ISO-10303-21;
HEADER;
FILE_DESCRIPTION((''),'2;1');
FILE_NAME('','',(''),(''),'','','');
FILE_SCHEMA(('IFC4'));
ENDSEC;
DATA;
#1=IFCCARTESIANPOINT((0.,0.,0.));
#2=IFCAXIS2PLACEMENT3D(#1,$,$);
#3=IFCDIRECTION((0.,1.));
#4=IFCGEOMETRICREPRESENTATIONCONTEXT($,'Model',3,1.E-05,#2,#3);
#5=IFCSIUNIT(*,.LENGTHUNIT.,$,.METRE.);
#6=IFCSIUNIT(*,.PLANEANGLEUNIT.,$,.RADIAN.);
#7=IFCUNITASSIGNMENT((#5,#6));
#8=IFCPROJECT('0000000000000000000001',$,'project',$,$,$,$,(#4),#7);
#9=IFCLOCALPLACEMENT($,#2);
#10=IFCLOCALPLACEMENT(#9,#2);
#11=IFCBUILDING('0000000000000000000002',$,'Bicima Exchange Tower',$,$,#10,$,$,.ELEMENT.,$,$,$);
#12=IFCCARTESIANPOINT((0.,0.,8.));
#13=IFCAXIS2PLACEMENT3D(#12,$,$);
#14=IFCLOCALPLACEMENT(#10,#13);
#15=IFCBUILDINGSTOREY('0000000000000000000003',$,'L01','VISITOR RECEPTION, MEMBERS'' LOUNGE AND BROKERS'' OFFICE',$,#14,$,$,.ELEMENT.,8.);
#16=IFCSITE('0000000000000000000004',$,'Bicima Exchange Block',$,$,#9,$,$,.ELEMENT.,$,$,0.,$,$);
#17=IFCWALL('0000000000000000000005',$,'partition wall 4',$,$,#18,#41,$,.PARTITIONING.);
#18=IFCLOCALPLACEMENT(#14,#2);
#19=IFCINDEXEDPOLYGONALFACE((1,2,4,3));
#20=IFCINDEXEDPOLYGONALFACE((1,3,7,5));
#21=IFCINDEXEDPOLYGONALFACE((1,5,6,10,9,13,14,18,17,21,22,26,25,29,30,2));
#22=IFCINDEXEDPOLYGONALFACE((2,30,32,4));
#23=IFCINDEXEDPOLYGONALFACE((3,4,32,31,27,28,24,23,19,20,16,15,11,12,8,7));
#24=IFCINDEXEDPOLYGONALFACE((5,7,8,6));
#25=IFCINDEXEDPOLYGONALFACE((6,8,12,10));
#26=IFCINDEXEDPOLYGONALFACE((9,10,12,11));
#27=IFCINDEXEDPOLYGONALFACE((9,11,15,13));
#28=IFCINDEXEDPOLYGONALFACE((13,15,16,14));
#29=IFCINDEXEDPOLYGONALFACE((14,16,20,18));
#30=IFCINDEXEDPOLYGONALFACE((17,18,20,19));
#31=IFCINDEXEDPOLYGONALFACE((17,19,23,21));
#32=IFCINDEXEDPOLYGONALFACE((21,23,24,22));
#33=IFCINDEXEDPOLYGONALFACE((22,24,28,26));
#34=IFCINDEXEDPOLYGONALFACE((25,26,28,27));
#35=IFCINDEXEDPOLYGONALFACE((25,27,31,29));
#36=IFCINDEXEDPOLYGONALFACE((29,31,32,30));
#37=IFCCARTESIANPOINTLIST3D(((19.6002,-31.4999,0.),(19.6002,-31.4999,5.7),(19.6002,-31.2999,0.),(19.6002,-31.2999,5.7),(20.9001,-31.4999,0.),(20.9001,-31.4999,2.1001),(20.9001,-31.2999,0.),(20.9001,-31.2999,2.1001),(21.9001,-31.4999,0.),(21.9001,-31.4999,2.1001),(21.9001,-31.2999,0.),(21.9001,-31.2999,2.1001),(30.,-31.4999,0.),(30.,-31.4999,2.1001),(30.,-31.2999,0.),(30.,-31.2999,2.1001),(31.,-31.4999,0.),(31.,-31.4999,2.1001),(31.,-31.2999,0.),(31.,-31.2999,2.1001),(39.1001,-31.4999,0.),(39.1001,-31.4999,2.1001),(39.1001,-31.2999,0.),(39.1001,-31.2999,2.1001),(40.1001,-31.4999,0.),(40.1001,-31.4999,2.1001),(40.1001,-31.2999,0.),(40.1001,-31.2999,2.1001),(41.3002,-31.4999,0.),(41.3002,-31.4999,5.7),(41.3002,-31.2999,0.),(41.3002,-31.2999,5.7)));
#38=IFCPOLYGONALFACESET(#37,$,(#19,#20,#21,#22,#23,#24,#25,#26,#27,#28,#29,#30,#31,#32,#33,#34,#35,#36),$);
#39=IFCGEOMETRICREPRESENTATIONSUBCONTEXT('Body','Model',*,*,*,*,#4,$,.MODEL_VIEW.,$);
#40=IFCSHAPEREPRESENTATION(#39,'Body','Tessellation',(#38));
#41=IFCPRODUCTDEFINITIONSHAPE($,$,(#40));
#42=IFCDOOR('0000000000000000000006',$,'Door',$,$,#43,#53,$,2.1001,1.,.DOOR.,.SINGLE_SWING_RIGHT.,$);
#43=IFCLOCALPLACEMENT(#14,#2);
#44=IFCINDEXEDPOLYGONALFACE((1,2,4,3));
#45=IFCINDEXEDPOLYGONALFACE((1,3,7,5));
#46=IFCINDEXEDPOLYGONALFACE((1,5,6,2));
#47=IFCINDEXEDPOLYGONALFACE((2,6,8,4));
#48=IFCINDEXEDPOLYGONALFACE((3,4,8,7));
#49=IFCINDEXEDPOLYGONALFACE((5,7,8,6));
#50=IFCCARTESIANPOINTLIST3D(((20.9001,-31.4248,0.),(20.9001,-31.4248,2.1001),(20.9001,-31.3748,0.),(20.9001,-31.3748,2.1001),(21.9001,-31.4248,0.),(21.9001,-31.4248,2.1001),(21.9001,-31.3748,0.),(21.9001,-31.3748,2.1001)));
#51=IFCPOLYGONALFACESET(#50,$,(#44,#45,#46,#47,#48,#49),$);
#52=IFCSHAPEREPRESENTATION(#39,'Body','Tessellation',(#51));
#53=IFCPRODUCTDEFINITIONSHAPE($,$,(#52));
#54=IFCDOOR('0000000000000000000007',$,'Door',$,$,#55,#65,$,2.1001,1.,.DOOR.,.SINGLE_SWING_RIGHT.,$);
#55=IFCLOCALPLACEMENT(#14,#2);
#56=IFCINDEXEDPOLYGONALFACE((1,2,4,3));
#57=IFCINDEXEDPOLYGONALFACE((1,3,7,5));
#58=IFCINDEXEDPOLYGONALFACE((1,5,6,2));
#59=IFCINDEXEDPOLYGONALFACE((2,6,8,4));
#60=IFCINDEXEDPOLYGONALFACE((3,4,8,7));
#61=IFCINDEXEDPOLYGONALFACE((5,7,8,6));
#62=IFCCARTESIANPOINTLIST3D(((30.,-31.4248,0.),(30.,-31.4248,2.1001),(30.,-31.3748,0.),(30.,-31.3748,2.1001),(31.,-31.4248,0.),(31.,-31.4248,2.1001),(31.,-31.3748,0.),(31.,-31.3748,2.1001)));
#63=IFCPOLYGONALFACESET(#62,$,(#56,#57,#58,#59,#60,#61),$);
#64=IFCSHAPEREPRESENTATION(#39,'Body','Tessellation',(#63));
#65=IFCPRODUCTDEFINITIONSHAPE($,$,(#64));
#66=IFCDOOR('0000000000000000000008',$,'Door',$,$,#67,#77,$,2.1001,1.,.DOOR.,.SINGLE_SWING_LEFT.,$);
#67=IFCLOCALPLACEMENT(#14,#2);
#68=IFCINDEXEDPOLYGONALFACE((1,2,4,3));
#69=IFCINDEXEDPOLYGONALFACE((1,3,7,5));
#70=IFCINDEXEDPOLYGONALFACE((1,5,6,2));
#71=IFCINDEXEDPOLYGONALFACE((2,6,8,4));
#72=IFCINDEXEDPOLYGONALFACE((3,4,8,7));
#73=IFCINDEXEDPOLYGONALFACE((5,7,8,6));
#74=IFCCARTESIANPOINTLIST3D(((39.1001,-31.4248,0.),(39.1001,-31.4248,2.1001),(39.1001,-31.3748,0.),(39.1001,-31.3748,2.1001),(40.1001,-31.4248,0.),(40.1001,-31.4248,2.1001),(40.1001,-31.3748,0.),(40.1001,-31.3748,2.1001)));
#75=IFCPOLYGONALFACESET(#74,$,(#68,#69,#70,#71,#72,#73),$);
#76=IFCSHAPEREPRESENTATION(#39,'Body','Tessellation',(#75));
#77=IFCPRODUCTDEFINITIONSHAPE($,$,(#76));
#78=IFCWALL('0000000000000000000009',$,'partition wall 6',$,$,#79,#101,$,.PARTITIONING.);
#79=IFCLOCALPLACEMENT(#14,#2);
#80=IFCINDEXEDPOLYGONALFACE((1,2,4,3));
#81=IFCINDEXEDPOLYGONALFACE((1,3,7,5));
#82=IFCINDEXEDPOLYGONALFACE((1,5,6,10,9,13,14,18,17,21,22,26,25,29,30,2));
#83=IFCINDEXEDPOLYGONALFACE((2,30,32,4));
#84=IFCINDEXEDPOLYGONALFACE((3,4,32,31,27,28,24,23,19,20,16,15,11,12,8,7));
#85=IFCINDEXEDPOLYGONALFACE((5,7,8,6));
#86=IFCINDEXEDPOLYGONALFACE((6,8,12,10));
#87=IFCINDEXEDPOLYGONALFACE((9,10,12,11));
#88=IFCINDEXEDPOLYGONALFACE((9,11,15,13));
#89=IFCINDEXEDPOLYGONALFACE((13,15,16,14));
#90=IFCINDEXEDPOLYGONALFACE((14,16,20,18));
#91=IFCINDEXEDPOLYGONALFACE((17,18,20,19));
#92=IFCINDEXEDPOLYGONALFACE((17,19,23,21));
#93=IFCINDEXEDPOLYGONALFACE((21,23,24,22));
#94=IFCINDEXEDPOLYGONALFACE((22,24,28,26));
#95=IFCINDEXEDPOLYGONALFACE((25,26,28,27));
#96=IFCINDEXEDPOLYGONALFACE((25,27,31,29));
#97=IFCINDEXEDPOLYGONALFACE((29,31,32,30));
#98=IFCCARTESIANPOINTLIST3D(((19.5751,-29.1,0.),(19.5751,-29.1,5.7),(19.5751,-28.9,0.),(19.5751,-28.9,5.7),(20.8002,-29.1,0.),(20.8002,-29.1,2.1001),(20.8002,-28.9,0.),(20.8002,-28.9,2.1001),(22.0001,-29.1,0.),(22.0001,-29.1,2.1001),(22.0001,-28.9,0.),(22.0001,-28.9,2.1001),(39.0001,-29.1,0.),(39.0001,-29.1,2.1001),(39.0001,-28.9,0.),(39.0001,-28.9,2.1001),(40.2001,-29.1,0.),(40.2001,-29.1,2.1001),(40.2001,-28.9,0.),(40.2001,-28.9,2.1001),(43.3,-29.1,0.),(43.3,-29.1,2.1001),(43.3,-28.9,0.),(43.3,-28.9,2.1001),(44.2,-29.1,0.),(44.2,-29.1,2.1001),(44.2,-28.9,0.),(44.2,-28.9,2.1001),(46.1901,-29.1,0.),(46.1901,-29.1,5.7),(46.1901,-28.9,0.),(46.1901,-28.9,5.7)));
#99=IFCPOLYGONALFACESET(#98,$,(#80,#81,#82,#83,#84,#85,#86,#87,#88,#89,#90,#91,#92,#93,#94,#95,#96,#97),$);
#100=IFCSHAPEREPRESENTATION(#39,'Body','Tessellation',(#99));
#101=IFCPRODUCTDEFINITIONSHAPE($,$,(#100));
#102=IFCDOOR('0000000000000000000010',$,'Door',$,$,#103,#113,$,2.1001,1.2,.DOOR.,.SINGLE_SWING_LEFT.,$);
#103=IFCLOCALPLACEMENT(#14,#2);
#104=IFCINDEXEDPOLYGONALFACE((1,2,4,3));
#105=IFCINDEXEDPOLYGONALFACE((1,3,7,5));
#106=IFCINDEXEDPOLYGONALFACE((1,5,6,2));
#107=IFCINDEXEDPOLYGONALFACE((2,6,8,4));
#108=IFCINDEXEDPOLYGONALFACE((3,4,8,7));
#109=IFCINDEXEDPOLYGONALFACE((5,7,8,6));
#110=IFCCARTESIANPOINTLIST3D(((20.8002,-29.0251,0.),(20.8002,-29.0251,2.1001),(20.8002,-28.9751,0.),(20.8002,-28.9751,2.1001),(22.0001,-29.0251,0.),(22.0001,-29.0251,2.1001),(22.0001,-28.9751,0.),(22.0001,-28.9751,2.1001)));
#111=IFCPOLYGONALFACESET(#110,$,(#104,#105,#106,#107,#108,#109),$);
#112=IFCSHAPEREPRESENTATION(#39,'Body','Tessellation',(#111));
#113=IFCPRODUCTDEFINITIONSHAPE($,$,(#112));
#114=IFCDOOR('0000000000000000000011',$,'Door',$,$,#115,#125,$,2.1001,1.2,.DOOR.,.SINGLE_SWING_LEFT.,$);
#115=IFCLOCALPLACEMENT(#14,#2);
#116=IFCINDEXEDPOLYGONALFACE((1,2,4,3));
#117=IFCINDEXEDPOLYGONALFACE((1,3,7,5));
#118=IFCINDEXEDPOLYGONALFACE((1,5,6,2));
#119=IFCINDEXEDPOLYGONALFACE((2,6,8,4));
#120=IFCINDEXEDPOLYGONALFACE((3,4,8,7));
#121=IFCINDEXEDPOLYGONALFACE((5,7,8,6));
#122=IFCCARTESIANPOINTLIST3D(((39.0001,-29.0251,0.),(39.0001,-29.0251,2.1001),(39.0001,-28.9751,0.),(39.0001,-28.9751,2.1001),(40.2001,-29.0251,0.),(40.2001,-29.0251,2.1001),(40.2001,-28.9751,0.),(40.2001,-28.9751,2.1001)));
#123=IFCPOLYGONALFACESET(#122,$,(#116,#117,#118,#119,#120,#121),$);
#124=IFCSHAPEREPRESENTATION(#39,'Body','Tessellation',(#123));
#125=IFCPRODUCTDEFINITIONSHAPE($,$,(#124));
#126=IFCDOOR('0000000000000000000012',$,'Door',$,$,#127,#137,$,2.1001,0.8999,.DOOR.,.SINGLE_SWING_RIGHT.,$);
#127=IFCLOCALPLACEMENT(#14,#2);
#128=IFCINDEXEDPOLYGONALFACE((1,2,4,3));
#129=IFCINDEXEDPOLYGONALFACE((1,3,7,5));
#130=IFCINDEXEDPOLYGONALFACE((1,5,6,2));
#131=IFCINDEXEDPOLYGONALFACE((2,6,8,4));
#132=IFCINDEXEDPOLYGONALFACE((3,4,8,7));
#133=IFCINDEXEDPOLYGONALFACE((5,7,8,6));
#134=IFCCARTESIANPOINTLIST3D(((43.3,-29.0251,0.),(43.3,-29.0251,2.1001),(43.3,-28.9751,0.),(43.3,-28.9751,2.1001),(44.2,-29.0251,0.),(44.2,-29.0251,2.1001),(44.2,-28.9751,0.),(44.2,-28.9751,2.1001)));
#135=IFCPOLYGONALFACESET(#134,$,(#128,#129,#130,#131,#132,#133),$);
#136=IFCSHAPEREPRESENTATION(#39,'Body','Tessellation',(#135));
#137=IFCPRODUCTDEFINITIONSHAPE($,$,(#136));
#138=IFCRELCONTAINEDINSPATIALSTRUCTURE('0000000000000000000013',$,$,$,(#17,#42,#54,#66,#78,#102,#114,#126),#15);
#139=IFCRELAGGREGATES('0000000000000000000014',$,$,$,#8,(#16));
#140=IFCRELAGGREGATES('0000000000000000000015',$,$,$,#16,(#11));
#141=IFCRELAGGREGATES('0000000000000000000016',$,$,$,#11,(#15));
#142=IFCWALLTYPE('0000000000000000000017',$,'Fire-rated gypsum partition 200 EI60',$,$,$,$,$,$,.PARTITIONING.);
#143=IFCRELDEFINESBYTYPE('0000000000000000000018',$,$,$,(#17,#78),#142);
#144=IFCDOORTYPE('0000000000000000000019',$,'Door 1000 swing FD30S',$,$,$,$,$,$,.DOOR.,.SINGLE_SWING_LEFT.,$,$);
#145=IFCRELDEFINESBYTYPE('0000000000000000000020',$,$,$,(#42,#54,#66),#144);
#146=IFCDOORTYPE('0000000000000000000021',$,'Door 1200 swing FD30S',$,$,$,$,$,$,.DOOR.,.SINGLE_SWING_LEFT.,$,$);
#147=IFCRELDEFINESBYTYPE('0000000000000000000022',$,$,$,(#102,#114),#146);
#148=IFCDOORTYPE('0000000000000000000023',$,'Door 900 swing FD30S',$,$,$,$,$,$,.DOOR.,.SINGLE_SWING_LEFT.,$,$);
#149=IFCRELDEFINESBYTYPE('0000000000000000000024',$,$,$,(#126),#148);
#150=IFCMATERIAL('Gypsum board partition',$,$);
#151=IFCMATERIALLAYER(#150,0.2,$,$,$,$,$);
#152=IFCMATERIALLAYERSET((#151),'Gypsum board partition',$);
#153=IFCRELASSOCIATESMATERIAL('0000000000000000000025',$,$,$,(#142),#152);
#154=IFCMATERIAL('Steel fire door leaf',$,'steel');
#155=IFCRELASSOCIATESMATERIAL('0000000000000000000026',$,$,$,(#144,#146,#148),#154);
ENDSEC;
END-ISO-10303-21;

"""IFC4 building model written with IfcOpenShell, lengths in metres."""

from ifc_helpers import new_model, si_unit, direction, frame, frame_2d, origin, place, context, subcontext, project, spatial, rectangle, extrude, material, layer, layer_set, type_object, element, fill, save


model = new_model("IFC4")

# Units and contexts
model_context = context("Model", 3, precision=1e-05, world=origin(), true_north=direction((0.0, 1.0)))
body_context = subcontext(model_context, "Body", "Model", "MODEL_VIEW")
ifc_project = project(units=[si_unit("LENGTHUNIT", "METRE"), si_unit("PLANEANGLEUNIT", "RADIAN")], contexts=[model_context])

# Site, building, storey
site_placement = place(None, origin())
site = spatial("IfcSite", under=ifc_project, at=site_placement, Name="Bicima Exchange Block", CompositionType="ELEMENT", RefElevation=0.0)
building_placement = place(site_placement, origin())
building = spatial("IfcBuilding", under=site, at=building_placement, Name="Bicima Exchange Tower", CompositionType="ELEMENT")
storey_placement = place(building_placement, frame((0.0, 0.0, 8.0)))
storey = spatial("IfcBuildingStorey", under=building, at=storey_placement, Name="L01", Description="VISITOR RECEPTION, MEMBERS' LOUNGE AND BROKERS' OFFICE", CompositionType="ELEMENT", Elevation=8.0)

# Walls, openings, doors
ifc_material_1 = material(Name="Gypsum board partition")
ifc_layer_1 = layer(ifc_material_1, 0.2)
ifc_layer_set_1 = layer_set([ifc_layer_1], Name="Gypsum board partition")
wall_type = type_object("IfcWallType", Name="Fire-rated gypsum partition 200 EI60", PredefinedType="PARTITIONING", material=ifc_layer_set_1)
wall_1_placement = place(storey_placement, frame((19.6001, -31.3999, 0.0), z_axis=(0.0, 0.0, 1.0), x_axis=(1.0, 0.0, 0.0)))
wall_1 = element("IfcWall", 1, at=wall_1_placement, inside=storey, type_object=wall_type, Name="partition wall 4", PredefinedType="PARTITIONING", context=body_context, shape_type="SweptSolid", body=[
    extrude(rectangle(XDim=21.7, YDim=0.2, at=frame_2d((10.8501, 0.0))), origin(), (0.0, 0.0, 1.0), 5.7),
])
opening_1_placement = place(wall_1_placement, frame((1.3, 0.0, 0.0)))
opening_1 = element("IfcOpeningElement", 2, at=opening_1_placement, cuts=wall_1, PredefinedType="OPENING", context=body_context, shape_type="SweptSolid", body=[
    extrude(rectangle(XDim=1.0, YDim=2.1001, at=frame_2d((0.5, 1.05))), frame((0.0, 0.1118, 0.0), z_axis=(0.0, -1.0, 0.0), x_axis=(1.0, 0.0, 0.0)), (0.0, 0.0, 1.0), 0.2239),
])
opening_2_placement = place(wall_1_placement, frame((10.3999, 0.0, 0.0)))
opening_2 = element("IfcOpeningElement", 3, at=opening_2_placement, cuts=wall_1, PredefinedType="OPENING", context=body_context, shape_type="SweptSolid", body=[
    extrude(rectangle(XDim=1.0, YDim=2.1001, at=frame_2d((0.5, 1.05))), frame((0.0, 0.1118, 0.0), z_axis=(0.0, -1.0, 0.0), x_axis=(1.0, 0.0, 0.0)), (0.0, 0.0, 1.0), 0.2239),
])
opening_3_placement = place(wall_1_placement, frame((19.5, 0.0, 0.0)))
opening_3 = element("IfcOpeningElement", 4, at=opening_3_placement, cuts=wall_1, PredefinedType="OPENING", context=body_context, shape_type="SweptSolid", body=[
    extrude(rectangle(XDim=1.0, YDim=2.1001, at=frame_2d((0.5, 1.05))), frame((0.0, 0.1118, 0.0), z_axis=(0.0, -1.0, 0.0), x_axis=(1.0, 0.0, 0.0)), (0.0, 0.0, 1.0), 0.2239),
])
ifc_material_2 = material(Name="Steel fire door leaf", Category="steel")
door_type_1 = type_object("IfcDoorType", Name="Door 1000 swing FD30S", OperationType="SINGLE_SWING_LEFT", PredefinedType="DOOR", material=ifc_material_2)
door_1_placement = place(opening_1_placement, frame((1.0, 0.0, 0.0), z_axis=(0.0, 0.0, 1.0), x_axis=(-1.0, 0.0, 0.0)))
door_1 = element("IfcDoor", 5, at=door_1_placement, inside=storey, type_object=door_type_1, Name="Door", OperationType="SINGLE_SWING_RIGHT", OverallHeight=2.1001, OverallWidth=1.0, PredefinedType="DOOR", context=body_context, shape_type="SweptSolid", body=[
    extrude(rectangle(XDim=1.0, YDim=2.1001, at=frame_2d((0.5, 1.05))), frame((0.0, 0.0249, 0.0), z_axis=(0.0, -1.0, 0.0), x_axis=(1.0, 0.0, 0.0)), (0.0, 0.0, 1.0), 0.05),
])
fill(opening_1, door_1)
door_2_placement = place(opening_2_placement, frame((1.0, 0.0, 0.0), z_axis=(0.0, 0.0, 1.0), x_axis=(-1.0, 0.0, 0.0)))
door_2 = element("IfcDoor", 6, at=door_2_placement, inside=storey, type_object=door_type_1, Name="Door", OperationType="SINGLE_SWING_RIGHT", OverallHeight=2.1001, OverallWidth=1.0, PredefinedType="DOOR", context=body_context, shape_type="SweptSolid", body=[
    extrude(rectangle(XDim=1.0, YDim=2.1001, at=frame_2d((0.5, 1.05))), frame((0.0, 0.0249, 0.0), z_axis=(0.0, -1.0, 0.0), x_axis=(1.0, 0.0, 0.0)), (0.0, 0.0, 1.0), 0.05),
])
fill(opening_2, door_2)
door_3_placement = place(opening_3_placement, frame((1.0, 0.0, 0.0), z_axis=(0.0, 0.0, 1.0), x_axis=(-1.0, 0.0, 0.0)))
door_3 = element("IfcDoor", 7, at=door_3_placement, inside=storey, type_object=door_type_1, Name="Door", OperationType="SINGLE_SWING_LEFT", OverallHeight=2.1001, OverallWidth=1.0, PredefinedType="DOOR", context=body_context, shape_type="SweptSolid", body=[
    extrude(rectangle(XDim=1.0, YDim=2.1001, at=frame_2d((0.5, 1.05))), frame((0.0, 0.0249, 0.0), z_axis=(0.0, -1.0, 0.0), x_axis=(1.0, 0.0, 0.0)), (0.0, 0.0, 1.0), 0.05),
])
fill(opening_3, door_3)
wall_2_placement = place(storey_placement, frame((19.575, -29.0, 0.0), z_axis=(0.0, 0.0, 1.0), x_axis=(1.0, 0.0, 0.0)))
wall_2 = element("IfcWall", 8, at=wall_2_placement, inside=storey, type_object=wall_type, Name="partition wall 6", PredefinedType="PARTITIONING", context=body_context, shape_type="SweptSolid", body=[
    extrude(rectangle(XDim=26.615, YDim=0.2, at=frame_2d((13.3076, 0.0))), origin(), (0.0, 0.0, 1.0), 5.7),
])
opening_4_placement = place(wall_2_placement, frame((1.2251, 0.0, 0.0)))
opening_4 = element("IfcOpeningElement", 9, at=opening_4_placement, cuts=wall_2, PredefinedType="OPENING", context=body_context, shape_type="SweptSolid", body=[
    extrude(rectangle(XDim=1.2, YDim=2.1001, at=frame_2d((0.6001, 1.05))), frame((0.0, 0.1118, 0.0), z_axis=(0.0, -1.0, 0.0), x_axis=(1.0, 0.0, 0.0)), (0.0, 0.0, 1.0), 0.2239),
])
opening_5_placement = place(wall_2_placement, frame((19.425, 0.0, 0.0)))
opening_5 = element("IfcOpeningElement", 10, at=opening_5_placement, cuts=wall_2, PredefinedType="OPENING", context=body_context, shape_type="SweptSolid", body=[
    extrude(rectangle(XDim=1.2, YDim=2.1001, at=frame_2d((0.6001, 1.05))), frame((0.0, 0.1118, 0.0), z_axis=(0.0, -1.0, 0.0), x_axis=(1.0, 0.0, 0.0)), (0.0, 0.0, 1.0), 0.2239),
])
opening_6_placement = place(wall_2_placement, frame((23.7251, 0.0, 0.0)))
opening_6 = element("IfcOpeningElement", 11, at=opening_6_placement, cuts=wall_2, PredefinedType="OPENING", context=body_context, shape_type="SweptSolid", body=[
    extrude(rectangle(XDim=0.8999, YDim=2.1001, at=frame_2d((0.45, 1.05))), frame((0.0, 0.1118, 0.0), z_axis=(0.0, -1.0, 0.0), x_axis=(1.0, 0.0, 0.0)), (0.0, 0.0, 1.0), 0.2239),
])
door_type_2 = type_object("IfcDoorType", Name="Door 1200 swing FD30S", OperationType="SINGLE_SWING_LEFT", PredefinedType="DOOR", material=ifc_material_2)
door_4_placement = place(opening_4_placement, origin())
door_4 = element("IfcDoor", 12, at=door_4_placement, inside=storey, type_object=door_type_2, Name="Door", OperationType="SINGLE_SWING_LEFT", OverallHeight=2.1001, OverallWidth=1.2, PredefinedType="DOOR", context=body_context, shape_type="SweptSolid", body=[
    extrude(rectangle(XDim=1.2, YDim=2.1001, at=frame_2d((0.6001, 1.05))), frame((0.0, 0.0249, 0.0), z_axis=(0.0, -1.0, 0.0), x_axis=(1.0, 0.0, 0.0)), (0.0, 0.0, 1.0), 0.05),
])
fill(opening_4, door_4)
door_5_placement = place(opening_5_placement, origin())
door_5 = element("IfcDoor", 13, at=door_5_placement, inside=storey, type_object=door_type_2, Name="Door", OperationType="SINGLE_SWING_LEFT", OverallHeight=2.1001, OverallWidth=1.2, PredefinedType="DOOR", context=body_context, shape_type="SweptSolid", body=[
    extrude(rectangle(XDim=1.2, YDim=2.1001, at=frame_2d((0.6001, 1.05))), frame((0.0, 0.0249, 0.0), z_axis=(0.0, -1.0, 0.0), x_axis=(1.0, 0.0, 0.0)), (0.0, 0.0, 1.0), 0.05),
])
fill(opening_5, door_5)
door_type_3 = type_object("IfcDoorType", Name="Door 900 swing FD30S", OperationType="SINGLE_SWING_LEFT", PredefinedType="DOOR", material=ifc_material_2)
door_6_placement = place(opening_6_placement, origin())
door_6 = element("IfcDoor", 14, at=door_6_placement, inside=storey, type_object=door_type_3, Name="Door", OperationType="SINGLE_SWING_RIGHT", OverallHeight=2.1001, OverallWidth=0.8999, PredefinedType="DOOR", context=body_context, shape_type="SweptSolid", body=[
    extrude(rectangle(XDim=0.8999, YDim=2.1001, at=frame_2d((0.45, 1.05))), frame((0.0, 0.0249, 0.0), z_axis=(0.0, -1.0, 0.0), x_axis=(1.0, 0.0, 0.0)), (0.0, 0.0, 1.0), 0.05),
])
fill(opening_6, door_6)

save(model, "model.ifc")
